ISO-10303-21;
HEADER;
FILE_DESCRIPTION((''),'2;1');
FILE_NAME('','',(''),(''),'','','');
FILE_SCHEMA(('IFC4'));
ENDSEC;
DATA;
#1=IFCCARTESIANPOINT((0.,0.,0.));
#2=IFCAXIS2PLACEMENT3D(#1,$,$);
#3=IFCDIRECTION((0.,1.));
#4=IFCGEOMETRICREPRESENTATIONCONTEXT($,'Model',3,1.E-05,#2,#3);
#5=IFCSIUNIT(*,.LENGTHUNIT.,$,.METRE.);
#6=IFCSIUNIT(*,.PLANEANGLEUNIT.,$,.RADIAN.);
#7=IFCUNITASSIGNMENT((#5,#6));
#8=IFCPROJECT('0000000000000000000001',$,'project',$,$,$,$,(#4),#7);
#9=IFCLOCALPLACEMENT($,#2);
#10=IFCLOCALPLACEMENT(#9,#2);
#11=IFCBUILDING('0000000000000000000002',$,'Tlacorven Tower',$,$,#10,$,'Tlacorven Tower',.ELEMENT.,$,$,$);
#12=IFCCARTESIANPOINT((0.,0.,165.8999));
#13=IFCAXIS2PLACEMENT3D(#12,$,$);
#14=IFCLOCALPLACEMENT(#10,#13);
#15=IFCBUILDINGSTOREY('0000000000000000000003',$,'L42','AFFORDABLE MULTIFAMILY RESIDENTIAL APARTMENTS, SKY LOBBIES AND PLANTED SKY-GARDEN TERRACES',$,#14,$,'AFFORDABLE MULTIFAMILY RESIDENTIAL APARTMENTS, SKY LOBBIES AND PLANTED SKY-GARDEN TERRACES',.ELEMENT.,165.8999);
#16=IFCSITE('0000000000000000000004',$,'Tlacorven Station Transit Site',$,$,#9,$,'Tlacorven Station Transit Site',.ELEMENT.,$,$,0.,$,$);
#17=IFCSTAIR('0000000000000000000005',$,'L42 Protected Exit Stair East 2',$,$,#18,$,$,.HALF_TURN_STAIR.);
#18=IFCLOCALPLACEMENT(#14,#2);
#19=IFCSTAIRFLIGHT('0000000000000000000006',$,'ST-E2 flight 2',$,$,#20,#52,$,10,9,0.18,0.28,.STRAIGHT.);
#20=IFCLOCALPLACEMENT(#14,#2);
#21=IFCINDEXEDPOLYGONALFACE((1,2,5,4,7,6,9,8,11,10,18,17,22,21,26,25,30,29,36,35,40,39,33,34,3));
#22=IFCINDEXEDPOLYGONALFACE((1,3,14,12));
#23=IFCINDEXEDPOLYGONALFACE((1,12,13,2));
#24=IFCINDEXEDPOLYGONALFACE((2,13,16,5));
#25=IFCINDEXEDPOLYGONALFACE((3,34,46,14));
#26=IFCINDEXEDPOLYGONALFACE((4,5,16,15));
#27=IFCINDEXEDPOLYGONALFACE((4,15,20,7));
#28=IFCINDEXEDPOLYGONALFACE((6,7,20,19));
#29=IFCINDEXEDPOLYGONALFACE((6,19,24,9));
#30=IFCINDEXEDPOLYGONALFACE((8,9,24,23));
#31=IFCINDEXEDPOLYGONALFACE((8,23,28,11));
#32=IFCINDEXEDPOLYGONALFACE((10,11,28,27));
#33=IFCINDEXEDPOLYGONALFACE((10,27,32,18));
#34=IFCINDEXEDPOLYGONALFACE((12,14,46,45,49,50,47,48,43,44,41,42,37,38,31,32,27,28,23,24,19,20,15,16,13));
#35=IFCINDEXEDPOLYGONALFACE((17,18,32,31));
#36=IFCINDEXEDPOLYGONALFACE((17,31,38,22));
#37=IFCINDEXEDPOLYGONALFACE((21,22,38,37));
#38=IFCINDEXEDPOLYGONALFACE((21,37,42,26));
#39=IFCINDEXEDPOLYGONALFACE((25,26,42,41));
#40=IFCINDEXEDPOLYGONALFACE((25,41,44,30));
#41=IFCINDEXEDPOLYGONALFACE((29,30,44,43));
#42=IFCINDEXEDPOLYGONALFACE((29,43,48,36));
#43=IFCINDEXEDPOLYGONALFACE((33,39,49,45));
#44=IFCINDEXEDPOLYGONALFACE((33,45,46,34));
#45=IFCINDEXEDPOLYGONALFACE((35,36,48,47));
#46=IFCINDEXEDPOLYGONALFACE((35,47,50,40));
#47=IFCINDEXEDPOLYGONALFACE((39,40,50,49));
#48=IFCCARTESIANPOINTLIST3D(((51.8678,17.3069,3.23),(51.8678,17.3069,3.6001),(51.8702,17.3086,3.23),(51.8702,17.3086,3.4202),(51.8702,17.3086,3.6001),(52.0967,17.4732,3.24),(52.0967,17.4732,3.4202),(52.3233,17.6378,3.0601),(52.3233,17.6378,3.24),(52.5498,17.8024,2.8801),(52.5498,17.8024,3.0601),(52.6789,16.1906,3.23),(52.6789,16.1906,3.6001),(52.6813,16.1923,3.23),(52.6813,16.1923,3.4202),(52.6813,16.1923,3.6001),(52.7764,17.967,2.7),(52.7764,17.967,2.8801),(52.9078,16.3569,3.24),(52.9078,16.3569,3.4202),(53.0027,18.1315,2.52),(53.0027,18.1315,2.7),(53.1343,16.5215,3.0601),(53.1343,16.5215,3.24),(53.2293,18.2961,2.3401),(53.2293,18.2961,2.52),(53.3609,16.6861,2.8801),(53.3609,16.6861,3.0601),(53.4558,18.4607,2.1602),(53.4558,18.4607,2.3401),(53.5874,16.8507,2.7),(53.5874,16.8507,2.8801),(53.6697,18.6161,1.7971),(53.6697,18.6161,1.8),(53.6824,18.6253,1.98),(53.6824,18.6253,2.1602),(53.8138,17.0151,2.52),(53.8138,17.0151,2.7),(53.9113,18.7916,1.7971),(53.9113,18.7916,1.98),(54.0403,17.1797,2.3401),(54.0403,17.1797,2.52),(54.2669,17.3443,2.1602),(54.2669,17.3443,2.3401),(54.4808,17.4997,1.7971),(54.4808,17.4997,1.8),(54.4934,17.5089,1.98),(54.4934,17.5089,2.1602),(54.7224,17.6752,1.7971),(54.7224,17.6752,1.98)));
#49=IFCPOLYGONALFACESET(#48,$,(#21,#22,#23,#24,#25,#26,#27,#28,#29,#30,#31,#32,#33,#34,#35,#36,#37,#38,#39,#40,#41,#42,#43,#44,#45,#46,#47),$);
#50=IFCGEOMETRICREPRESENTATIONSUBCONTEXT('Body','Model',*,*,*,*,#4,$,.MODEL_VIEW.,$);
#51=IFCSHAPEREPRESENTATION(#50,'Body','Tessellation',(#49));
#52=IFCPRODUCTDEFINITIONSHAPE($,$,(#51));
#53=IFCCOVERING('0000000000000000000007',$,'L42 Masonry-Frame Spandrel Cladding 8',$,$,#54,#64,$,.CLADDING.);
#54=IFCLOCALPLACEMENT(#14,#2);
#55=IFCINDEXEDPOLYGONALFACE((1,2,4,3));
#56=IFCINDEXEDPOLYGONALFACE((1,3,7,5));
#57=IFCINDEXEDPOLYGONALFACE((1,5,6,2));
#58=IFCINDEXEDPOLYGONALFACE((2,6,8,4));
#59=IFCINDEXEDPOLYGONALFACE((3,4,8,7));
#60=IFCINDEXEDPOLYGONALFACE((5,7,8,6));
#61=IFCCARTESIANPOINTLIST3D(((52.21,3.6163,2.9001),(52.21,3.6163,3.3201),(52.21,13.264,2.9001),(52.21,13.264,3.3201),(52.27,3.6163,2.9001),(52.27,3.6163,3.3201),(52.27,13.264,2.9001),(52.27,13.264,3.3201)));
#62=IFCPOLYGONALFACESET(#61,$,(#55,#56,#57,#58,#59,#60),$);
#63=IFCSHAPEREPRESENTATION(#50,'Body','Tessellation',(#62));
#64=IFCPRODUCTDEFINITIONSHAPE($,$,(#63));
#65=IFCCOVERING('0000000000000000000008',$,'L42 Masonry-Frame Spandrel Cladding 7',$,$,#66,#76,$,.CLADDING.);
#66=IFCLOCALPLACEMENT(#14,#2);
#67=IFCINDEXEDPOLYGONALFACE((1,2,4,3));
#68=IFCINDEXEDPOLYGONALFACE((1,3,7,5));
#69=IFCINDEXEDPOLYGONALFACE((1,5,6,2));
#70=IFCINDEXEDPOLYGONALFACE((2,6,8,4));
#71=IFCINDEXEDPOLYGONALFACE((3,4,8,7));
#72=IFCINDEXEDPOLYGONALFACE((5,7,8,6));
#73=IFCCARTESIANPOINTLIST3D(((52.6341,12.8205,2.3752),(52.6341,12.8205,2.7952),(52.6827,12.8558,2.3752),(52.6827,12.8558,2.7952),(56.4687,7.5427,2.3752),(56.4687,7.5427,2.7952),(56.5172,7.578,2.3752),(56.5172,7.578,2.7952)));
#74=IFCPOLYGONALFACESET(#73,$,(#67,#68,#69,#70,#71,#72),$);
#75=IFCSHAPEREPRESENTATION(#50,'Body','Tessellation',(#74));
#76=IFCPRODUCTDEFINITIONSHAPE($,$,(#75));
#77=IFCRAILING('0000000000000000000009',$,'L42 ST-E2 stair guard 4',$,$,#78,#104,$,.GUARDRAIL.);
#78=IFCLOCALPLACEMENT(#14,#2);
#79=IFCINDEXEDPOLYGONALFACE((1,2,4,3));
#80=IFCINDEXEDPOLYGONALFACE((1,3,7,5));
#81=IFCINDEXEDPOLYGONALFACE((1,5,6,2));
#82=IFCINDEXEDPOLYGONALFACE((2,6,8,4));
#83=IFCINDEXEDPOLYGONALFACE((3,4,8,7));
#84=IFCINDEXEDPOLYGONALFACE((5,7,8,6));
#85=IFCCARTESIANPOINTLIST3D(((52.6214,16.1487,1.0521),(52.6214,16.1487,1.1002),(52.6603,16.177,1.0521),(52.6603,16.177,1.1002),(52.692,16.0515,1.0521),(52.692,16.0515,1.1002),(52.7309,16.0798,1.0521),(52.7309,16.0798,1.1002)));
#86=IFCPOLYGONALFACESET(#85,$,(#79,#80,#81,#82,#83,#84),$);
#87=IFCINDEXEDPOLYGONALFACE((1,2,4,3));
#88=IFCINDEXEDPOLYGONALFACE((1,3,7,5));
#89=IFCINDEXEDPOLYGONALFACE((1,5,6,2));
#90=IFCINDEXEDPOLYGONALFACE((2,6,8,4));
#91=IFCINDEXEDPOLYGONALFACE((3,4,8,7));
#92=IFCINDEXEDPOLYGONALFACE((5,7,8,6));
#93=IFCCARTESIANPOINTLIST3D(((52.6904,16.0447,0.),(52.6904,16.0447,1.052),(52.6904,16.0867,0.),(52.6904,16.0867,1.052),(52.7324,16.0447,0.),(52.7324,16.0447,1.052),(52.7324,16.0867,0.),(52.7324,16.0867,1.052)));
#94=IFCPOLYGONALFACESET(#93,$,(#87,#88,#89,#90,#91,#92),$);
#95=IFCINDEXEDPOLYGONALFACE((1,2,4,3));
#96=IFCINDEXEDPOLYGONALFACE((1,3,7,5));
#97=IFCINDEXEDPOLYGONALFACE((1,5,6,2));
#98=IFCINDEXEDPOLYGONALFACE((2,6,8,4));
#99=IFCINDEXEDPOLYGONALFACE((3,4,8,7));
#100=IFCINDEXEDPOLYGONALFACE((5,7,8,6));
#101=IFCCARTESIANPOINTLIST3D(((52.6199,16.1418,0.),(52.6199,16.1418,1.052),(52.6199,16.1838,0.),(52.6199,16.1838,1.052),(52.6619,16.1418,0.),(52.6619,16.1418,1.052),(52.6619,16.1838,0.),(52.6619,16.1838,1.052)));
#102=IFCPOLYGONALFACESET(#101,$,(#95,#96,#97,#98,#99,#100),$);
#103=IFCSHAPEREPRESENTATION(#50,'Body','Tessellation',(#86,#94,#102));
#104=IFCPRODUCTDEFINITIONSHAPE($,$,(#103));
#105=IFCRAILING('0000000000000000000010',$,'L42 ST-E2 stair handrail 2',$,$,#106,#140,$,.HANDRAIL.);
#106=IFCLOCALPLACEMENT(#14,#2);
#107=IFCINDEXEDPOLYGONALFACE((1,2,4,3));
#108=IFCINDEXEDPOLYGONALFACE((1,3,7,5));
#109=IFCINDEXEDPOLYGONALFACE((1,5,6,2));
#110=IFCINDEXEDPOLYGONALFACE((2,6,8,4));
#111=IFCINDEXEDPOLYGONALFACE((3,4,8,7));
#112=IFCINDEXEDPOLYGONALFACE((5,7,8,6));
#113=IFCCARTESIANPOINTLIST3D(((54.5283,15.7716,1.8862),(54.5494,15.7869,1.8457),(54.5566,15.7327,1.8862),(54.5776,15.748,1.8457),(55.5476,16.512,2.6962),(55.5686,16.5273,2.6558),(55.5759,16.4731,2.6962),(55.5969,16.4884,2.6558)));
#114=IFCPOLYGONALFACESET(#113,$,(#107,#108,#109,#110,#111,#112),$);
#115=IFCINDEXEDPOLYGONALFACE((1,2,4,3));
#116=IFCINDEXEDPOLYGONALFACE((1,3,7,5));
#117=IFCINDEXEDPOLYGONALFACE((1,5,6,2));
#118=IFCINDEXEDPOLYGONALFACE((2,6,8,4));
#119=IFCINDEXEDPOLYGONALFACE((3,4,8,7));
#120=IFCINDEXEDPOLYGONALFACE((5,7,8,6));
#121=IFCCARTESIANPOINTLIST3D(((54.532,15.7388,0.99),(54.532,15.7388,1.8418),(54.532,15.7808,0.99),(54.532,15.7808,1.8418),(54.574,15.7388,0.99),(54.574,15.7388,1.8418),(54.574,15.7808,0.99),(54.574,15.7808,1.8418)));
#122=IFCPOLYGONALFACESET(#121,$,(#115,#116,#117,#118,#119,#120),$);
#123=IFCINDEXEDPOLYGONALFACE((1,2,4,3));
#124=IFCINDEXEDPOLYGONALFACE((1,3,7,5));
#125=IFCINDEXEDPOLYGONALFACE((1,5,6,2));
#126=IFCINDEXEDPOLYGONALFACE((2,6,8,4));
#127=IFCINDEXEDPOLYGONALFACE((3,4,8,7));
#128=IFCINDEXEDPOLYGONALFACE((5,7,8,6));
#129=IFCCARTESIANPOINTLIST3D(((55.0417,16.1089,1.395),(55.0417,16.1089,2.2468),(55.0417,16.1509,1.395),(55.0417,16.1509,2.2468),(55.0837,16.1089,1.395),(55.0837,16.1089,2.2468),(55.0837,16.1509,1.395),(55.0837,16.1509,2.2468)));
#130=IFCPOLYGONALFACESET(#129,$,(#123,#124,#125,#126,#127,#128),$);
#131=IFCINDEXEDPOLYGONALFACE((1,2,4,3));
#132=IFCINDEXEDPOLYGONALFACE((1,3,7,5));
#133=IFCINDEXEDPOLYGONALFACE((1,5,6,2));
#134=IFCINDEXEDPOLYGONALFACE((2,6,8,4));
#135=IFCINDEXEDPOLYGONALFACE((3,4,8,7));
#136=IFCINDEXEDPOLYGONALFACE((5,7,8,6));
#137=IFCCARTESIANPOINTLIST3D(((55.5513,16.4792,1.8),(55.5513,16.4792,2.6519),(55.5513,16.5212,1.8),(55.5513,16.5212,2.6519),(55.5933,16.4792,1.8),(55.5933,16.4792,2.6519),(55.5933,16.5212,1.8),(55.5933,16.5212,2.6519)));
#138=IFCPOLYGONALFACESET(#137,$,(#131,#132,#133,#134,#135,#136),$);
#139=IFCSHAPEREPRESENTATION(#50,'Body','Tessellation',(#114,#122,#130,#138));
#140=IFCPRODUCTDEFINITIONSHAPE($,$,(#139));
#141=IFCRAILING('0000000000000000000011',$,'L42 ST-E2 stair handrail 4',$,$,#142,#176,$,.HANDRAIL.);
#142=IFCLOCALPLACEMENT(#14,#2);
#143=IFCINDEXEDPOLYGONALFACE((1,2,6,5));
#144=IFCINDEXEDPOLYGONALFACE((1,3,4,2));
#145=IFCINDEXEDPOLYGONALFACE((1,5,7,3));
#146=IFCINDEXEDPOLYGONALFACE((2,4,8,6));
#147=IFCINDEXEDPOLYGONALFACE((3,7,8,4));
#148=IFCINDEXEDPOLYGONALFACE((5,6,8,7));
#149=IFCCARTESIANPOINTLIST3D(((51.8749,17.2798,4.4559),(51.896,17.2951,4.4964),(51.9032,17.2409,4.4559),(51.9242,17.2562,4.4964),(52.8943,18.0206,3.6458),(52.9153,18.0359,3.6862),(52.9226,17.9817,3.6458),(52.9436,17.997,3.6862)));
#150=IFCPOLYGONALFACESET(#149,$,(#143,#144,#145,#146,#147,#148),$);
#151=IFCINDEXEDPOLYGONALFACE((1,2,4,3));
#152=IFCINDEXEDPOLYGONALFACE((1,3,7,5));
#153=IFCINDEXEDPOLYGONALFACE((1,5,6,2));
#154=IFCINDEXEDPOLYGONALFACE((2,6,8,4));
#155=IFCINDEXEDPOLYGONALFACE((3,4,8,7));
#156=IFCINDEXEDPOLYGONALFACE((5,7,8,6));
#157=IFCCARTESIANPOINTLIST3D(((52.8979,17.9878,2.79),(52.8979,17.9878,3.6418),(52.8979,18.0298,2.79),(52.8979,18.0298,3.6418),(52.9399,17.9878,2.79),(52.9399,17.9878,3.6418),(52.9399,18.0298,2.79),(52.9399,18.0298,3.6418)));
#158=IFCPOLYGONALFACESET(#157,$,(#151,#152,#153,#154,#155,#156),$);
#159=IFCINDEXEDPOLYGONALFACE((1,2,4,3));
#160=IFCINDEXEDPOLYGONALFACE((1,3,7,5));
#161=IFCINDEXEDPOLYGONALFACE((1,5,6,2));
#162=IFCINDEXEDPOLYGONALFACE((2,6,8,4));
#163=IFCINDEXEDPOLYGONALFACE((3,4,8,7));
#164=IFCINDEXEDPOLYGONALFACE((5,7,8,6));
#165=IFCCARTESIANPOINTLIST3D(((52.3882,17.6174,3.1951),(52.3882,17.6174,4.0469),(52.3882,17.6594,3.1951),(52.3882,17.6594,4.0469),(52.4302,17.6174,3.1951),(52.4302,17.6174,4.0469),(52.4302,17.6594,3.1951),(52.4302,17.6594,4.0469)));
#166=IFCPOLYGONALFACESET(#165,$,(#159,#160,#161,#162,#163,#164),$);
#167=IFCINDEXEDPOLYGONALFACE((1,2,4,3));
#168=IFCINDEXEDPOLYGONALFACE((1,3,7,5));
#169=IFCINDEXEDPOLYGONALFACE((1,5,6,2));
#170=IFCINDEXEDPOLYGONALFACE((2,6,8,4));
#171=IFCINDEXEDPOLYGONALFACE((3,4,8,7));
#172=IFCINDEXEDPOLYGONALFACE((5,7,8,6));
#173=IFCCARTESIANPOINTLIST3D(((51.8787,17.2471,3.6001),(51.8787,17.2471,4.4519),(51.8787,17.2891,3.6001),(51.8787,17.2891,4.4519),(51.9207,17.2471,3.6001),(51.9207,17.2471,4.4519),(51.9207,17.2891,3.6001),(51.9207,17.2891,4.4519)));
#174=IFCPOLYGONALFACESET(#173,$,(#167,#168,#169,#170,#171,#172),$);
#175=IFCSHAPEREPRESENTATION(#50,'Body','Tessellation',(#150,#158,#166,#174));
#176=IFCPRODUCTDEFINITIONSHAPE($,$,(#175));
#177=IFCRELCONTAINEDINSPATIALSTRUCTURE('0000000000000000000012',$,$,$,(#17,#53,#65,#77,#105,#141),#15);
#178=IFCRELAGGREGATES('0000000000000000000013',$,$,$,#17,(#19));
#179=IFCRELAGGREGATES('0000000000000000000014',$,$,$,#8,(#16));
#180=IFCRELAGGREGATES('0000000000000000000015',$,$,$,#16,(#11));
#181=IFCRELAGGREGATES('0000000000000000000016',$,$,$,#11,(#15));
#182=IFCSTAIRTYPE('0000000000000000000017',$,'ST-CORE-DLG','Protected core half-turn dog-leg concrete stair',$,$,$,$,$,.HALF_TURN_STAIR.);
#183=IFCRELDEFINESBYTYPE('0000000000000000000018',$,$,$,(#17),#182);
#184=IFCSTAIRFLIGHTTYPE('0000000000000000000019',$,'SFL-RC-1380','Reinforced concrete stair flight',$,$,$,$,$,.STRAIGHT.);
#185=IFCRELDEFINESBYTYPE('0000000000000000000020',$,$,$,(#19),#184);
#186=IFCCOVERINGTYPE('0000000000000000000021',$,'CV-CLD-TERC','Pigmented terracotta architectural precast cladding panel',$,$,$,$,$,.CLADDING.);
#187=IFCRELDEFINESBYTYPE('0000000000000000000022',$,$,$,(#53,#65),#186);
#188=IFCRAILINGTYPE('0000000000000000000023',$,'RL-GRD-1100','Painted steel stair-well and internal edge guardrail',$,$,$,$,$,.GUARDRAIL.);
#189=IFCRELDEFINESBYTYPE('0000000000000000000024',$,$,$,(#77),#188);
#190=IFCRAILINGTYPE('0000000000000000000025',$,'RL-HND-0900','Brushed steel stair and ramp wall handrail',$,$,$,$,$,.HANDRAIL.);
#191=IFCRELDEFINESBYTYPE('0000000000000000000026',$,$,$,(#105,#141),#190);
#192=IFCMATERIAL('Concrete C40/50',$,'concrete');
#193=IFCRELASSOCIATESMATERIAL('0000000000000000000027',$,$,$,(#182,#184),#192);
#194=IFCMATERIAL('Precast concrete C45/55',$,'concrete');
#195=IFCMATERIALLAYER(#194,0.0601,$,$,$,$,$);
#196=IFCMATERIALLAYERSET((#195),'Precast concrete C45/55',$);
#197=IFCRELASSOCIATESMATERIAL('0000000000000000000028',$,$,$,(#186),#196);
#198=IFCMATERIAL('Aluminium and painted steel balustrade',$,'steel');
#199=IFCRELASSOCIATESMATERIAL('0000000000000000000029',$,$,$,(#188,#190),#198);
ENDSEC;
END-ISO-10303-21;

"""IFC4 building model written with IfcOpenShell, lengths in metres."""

from ifc_helpers import new_model, si_unit, direction, frame, origin, origin_2d, place, context, subcontext, project, spatial, polyline, rectangle, outline, extrude, source, transform, mapped, material, layer, layer_set, type_object, element, aggregate, save


model = new_model("IFC4")

# Units and contexts
model_context = context("Model", 3, precision=1e-05, world=origin(), true_north=direction((0.0, 1.0)))
body_context = subcontext(model_context, "Body", "Model", "MODEL_VIEW")
ifc_project = project(units=[si_unit("LENGTHUNIT", "METRE"), si_unit("PLANEANGLEUNIT", "RADIAN")], contexts=[model_context])

# Site, building, storey
site_placement = place(None, origin())
site = spatial("IfcSite", under=ifc_project, at=site_placement, Name="Tlacorven Station Transit Site", LongName="Tlacorven Station Transit Site", CompositionType="ELEMENT", RefElevation=0.0)
building_placement = place(site_placement, origin())
building = spatial("IfcBuilding", under=site, at=building_placement, Name="Tlacorven Tower", LongName="Tlacorven Tower", CompositionType="ELEMENT")
storey_placement = place(building_placement, frame((0.0, 0.0, 165.8999)))
storey = spatial("IfcBuildingStorey", under=building, at=storey_placement, Name="L42", Description="AFFORDABLE MULTIFAMILY RESIDENTIAL APARTMENTS, SKY LOBBIES AND PLANTED SKY-GARDEN TERRACES", LongName="AFFORDABLE MULTIFAMILY RESIDENTIAL APARTMENTS, SKY LOBBIES AND PLANTED SKY-GARDEN TERRACES", CompositionType="ELEMENT", Elevation=165.8999)

# Shared definitions
ifc_material_1 = material(Name="Precast concrete C45/55", Category="concrete")

# Stair, stair flight
ifc_material_2 = material(Name="Concrete C40/50", Category="concrete")
stair_type = type_object("IfcStairType", Name="ST-CORE-DLG", Description="Protected core half-turn dog-leg concrete stair", PredefinedType="HALF_TURN_STAIR", material=ifc_material_2)
stair_placement = place(storey_placement, origin())
stair = element("IfcStair", 1, at=stair_placement, inside=storey, type_object=stair_type, Name="L42 Protected Exit Stair East 2", PredefinedType="HALF_TURN_STAIR")
stair_flight_type = type_object("IfcStairFlightType", Name="SFL-RC-1380", Description="Reinforced concrete stair flight", PredefinedType="STRAIGHT", material=ifc_material_2)
shared_shape_1 = source(origin(), body_context, "Body", "SweptSolid", [
    extrude(outline(polyline([(-0.0029, -0.0029), (-0.0029, 0.1799), (0.28, 0.1799), (0.28, 0.3601), (0.5601, 0.3601), (0.5601, 0.54), (0.8401, 0.54), (0.8401, 0.72), (1.1201, 0.72), (1.1201, 0.8999), (1.3999, 0.8999), (1.3999, 1.0801), (1.6799, 1.0801), (1.6799, 1.26), (1.96, 1.26), (1.96, 1.4399), (2.24, 1.4399), (2.24, 1.6201), (2.52, 1.6201), (2.52, 1.8), (2.5229, 1.8), (2.5229, 1.4299), (2.52, 1.4299), (0.2957, 0.0), (0.2957, -0.0029), (-0.0029, -0.0029)])), frame((0.0, 0.6899, 0.0), z_axis=(0.0, -1.0, 0.0), x_axis=(1.0, 0.0, 0.0)), (0.0, 0.0, 1.0), 1.3799),
])
stair_flight_1_placement = place(storey_placement, frame((54.3145, 18.2317, 1.8), z_axis=(0.0, 0.0, 1.0), x_axis=(-0.809017, -0.587785, 0.0)))
stair_flight_1 = element("IfcStairFlight", 2, at=stair_flight_1_placement, type_object=stair_flight_type, Name="ST-E2 flight 2", NumberOfRisers=10, NumberOfTreads=9, PredefinedType="STRAIGHT", RiserHeight=0.18, TreadLength=0.28, context=body_context, shape_type="MappedRepresentation", body=[
    mapped(shared_shape_1, transform((0.0, 0.0, 0.0), scale=1.0)),
])
aggregate(stair, [stair_flight_1])

# Coverings
ifc_layer_1 = layer(ifc_material_1, 0.0601)
ifc_layer_set_1 = layer_set([ifc_layer_1], Name="Precast concrete C45/55")
covering_type = type_object("IfcCoveringType", Name="CV-CLD-TERC", Description="Pigmented terracotta architectural precast cladding panel", PredefinedType="CLADDING", material=ifc_layer_set_1)
shared_shape_2 = source(origin(), body_context, "Body", "SweptSolid", [
    extrude(rectangle(XDim=9.6477, YDim=0.0601, at=origin_2d()), origin(), (0.0, 0.0, 1.0), 0.4199),
])
covering_1_placement = place(storey_placement, frame((52.24, 8.4402, 2.9001), z_axis=(0.0, 0.0, 1.0), x_axis=(0.0, -1.0, 0.0)))
element("IfcCovering", 3, at=covering_1_placement, inside=storey, type_object=covering_type, Name="L42 Masonry-Frame Spandrel Cladding 8", PredefinedType="CLADDING", context=body_context, shape_type="MappedRepresentation", body=[
    mapped(shared_shape_2, transform((0.0, 0.0, 0.0), scale=1.0)),
])
shared_shape_3 = source(origin(), body_context, "Body", "SweptSolid", [
    extrude(rectangle(XDim=6.5237, YDim=0.0601, at=origin_2d()), origin(), (0.0, 0.0, 1.0), 0.4199),
])
covering_2_placement = place(storey_placement, frame((54.5757, 10.1992, 2.3752), z_axis=(0.0, 0.0, 1.0), x_axis=(-0.587786, 0.809017, 0.0)))
element("IfcCovering", 4, at=covering_2_placement, inside=storey, type_object=covering_type, Name="L42 Masonry-Frame Spandrel Cladding 7", PredefinedType="CLADDING", context=body_context, shape_type="MappedRepresentation", body=[
    mapped(shared_shape_3, transform((0.0, 0.0, 0.0), scale=1.0)),
])

# Railings
ifc_material_3 = material(Name="Aluminium and painted steel balustrade", Category="steel")
railing_type_1 = type_object("IfcRailingType", Name="RL-GRD-1100", Description="Painted steel stair-well and internal edge guardrail", PredefinedType="GUARDRAIL", material=ifc_material_3)
shared_shape_4 = source(origin(), body_context, "Body", "SweptSolid", [
    extrude(rectangle(XDim=0.0481, YDim=0.0481, at=origin_2d()), frame((0.0, 0.0, 1.0762), z_axis=(-0.587567, 0.809175, 0.0), x_axis=(-0.809175, -0.587567, 0.0)), (0.0, 0.0, 1.0), 0.1201),
    extrude(rectangle(XDim=0.042, YDim=0.042, at=origin_2d()), origin(), (0.0, 0.0, 1.0), 1.052),
    extrude(rectangle(XDim=0.042, YDim=0.042, at=origin_2d()), frame((-0.0706, 0.0972, 0.0)), (0.0, 0.0, 1.0), 1.052),
])
railing_1_placement = place(storey_placement, frame((52.7114, 16.0657, 0.0)))
element("IfcRailing", 5, at=railing_1_placement, inside=storey, type_object=railing_type_1, Name="L42 ST-E2 stair guard 4", PredefinedType="GUARDRAIL", context=body_context, shape_type="MappedRepresentation", body=[
    mapped(shared_shape_4, transform((0.0, 0.0, 0.0), scale=1.0)),
])
railing_type_2 = type_object("IfcRailingType", Name="RL-HND-0900", Description="Brushed steel stair and ramp wall handrail", PredefinedType="HANDRAIL", material=ifc_material_3)
shared_shape_5 = source(origin(), body_context, "Body", "SweptSolid", [
    extrude(rectangle(XDim=0.0481, YDim=0.0481, at=origin_2d()), frame((0.0, 0.0, 0.876), z_axis=(0.680516, 0.494373, 0.540827), x_axis=(-0.587745, 0.809046, 0.0)), (0.0, 0.0, 1.0), 1.4978),
    extrude(rectangle(XDim=0.042, YDim=0.042, at=origin_2d()), origin(), (0.0, 0.0, 1.0), 0.8518),
    extrude(rectangle(XDim=0.042, YDim=0.042, at=origin_2d()), frame((0.5098, 0.3701, 0.405)), (0.0, 0.0, 1.0), 0.8518),
    extrude(rectangle(XDim=0.042, YDim=0.042, at=origin_2d()), frame((1.0193, 0.7405, 0.8101)), (0.0, 0.0, 1.0), 0.8518),
])
railing_2_placement = place(storey_placement, frame((54.553, 15.7598, 0.99)))
element("IfcRailing", 6, at=railing_2_placement, inside=storey, type_object=railing_type_2, Name="L42 ST-E2 stair handrail 2", PredefinedType="HANDRAIL", context=body_context, shape_type="MappedRepresentation", body=[
    mapped(shared_shape_5, transform((0.0, 0.0, 0.0), scale=1.0)),
])
shared_shape_6 = source(origin(), body_context, "Body", "SweptSolid", [
    extrude(rectangle(XDim=0.0481, YDim=0.0481, at=origin_2d()), frame((0.0, 0.0, 0.876), z_axis=(-0.680461, -0.494496, 0.540783), x_axis=(0.587872, -0.808954, 0.0)), (0.0, 0.0, 1.0), 1.498),
    extrude(rectangle(XDim=0.042, YDim=0.042, at=origin_2d()), origin(), (0.0, 0.0, 1.0), 0.8518),
    extrude(rectangle(XDim=0.042, YDim=0.042, at=origin_2d()), frame((-0.5098, -0.3704, 0.405)), (0.0, 0.0, 1.0), 0.8518),
    extrude(rectangle(XDim=0.042, YDim=0.042, at=origin_2d()), frame((-1.0193, -0.7407, 0.8101)), (0.0, 0.0, 1.0), 0.8518),
])
railing_3_placement = place(storey_placement, frame((52.9189, 18.0088, 2.79)))
element("IfcRailing", 7, at=railing_3_placement, inside=storey, type_object=railing_type_2, Name="L42 ST-E2 stair handrail 4", PredefinedType="HANDRAIL", context=body_context, shape_type="MappedRepresentation", body=[
    mapped(shared_shape_6, transform((0.0, 0.0, 0.0), scale=1.0)),
])

save(model, "model.ifc")
